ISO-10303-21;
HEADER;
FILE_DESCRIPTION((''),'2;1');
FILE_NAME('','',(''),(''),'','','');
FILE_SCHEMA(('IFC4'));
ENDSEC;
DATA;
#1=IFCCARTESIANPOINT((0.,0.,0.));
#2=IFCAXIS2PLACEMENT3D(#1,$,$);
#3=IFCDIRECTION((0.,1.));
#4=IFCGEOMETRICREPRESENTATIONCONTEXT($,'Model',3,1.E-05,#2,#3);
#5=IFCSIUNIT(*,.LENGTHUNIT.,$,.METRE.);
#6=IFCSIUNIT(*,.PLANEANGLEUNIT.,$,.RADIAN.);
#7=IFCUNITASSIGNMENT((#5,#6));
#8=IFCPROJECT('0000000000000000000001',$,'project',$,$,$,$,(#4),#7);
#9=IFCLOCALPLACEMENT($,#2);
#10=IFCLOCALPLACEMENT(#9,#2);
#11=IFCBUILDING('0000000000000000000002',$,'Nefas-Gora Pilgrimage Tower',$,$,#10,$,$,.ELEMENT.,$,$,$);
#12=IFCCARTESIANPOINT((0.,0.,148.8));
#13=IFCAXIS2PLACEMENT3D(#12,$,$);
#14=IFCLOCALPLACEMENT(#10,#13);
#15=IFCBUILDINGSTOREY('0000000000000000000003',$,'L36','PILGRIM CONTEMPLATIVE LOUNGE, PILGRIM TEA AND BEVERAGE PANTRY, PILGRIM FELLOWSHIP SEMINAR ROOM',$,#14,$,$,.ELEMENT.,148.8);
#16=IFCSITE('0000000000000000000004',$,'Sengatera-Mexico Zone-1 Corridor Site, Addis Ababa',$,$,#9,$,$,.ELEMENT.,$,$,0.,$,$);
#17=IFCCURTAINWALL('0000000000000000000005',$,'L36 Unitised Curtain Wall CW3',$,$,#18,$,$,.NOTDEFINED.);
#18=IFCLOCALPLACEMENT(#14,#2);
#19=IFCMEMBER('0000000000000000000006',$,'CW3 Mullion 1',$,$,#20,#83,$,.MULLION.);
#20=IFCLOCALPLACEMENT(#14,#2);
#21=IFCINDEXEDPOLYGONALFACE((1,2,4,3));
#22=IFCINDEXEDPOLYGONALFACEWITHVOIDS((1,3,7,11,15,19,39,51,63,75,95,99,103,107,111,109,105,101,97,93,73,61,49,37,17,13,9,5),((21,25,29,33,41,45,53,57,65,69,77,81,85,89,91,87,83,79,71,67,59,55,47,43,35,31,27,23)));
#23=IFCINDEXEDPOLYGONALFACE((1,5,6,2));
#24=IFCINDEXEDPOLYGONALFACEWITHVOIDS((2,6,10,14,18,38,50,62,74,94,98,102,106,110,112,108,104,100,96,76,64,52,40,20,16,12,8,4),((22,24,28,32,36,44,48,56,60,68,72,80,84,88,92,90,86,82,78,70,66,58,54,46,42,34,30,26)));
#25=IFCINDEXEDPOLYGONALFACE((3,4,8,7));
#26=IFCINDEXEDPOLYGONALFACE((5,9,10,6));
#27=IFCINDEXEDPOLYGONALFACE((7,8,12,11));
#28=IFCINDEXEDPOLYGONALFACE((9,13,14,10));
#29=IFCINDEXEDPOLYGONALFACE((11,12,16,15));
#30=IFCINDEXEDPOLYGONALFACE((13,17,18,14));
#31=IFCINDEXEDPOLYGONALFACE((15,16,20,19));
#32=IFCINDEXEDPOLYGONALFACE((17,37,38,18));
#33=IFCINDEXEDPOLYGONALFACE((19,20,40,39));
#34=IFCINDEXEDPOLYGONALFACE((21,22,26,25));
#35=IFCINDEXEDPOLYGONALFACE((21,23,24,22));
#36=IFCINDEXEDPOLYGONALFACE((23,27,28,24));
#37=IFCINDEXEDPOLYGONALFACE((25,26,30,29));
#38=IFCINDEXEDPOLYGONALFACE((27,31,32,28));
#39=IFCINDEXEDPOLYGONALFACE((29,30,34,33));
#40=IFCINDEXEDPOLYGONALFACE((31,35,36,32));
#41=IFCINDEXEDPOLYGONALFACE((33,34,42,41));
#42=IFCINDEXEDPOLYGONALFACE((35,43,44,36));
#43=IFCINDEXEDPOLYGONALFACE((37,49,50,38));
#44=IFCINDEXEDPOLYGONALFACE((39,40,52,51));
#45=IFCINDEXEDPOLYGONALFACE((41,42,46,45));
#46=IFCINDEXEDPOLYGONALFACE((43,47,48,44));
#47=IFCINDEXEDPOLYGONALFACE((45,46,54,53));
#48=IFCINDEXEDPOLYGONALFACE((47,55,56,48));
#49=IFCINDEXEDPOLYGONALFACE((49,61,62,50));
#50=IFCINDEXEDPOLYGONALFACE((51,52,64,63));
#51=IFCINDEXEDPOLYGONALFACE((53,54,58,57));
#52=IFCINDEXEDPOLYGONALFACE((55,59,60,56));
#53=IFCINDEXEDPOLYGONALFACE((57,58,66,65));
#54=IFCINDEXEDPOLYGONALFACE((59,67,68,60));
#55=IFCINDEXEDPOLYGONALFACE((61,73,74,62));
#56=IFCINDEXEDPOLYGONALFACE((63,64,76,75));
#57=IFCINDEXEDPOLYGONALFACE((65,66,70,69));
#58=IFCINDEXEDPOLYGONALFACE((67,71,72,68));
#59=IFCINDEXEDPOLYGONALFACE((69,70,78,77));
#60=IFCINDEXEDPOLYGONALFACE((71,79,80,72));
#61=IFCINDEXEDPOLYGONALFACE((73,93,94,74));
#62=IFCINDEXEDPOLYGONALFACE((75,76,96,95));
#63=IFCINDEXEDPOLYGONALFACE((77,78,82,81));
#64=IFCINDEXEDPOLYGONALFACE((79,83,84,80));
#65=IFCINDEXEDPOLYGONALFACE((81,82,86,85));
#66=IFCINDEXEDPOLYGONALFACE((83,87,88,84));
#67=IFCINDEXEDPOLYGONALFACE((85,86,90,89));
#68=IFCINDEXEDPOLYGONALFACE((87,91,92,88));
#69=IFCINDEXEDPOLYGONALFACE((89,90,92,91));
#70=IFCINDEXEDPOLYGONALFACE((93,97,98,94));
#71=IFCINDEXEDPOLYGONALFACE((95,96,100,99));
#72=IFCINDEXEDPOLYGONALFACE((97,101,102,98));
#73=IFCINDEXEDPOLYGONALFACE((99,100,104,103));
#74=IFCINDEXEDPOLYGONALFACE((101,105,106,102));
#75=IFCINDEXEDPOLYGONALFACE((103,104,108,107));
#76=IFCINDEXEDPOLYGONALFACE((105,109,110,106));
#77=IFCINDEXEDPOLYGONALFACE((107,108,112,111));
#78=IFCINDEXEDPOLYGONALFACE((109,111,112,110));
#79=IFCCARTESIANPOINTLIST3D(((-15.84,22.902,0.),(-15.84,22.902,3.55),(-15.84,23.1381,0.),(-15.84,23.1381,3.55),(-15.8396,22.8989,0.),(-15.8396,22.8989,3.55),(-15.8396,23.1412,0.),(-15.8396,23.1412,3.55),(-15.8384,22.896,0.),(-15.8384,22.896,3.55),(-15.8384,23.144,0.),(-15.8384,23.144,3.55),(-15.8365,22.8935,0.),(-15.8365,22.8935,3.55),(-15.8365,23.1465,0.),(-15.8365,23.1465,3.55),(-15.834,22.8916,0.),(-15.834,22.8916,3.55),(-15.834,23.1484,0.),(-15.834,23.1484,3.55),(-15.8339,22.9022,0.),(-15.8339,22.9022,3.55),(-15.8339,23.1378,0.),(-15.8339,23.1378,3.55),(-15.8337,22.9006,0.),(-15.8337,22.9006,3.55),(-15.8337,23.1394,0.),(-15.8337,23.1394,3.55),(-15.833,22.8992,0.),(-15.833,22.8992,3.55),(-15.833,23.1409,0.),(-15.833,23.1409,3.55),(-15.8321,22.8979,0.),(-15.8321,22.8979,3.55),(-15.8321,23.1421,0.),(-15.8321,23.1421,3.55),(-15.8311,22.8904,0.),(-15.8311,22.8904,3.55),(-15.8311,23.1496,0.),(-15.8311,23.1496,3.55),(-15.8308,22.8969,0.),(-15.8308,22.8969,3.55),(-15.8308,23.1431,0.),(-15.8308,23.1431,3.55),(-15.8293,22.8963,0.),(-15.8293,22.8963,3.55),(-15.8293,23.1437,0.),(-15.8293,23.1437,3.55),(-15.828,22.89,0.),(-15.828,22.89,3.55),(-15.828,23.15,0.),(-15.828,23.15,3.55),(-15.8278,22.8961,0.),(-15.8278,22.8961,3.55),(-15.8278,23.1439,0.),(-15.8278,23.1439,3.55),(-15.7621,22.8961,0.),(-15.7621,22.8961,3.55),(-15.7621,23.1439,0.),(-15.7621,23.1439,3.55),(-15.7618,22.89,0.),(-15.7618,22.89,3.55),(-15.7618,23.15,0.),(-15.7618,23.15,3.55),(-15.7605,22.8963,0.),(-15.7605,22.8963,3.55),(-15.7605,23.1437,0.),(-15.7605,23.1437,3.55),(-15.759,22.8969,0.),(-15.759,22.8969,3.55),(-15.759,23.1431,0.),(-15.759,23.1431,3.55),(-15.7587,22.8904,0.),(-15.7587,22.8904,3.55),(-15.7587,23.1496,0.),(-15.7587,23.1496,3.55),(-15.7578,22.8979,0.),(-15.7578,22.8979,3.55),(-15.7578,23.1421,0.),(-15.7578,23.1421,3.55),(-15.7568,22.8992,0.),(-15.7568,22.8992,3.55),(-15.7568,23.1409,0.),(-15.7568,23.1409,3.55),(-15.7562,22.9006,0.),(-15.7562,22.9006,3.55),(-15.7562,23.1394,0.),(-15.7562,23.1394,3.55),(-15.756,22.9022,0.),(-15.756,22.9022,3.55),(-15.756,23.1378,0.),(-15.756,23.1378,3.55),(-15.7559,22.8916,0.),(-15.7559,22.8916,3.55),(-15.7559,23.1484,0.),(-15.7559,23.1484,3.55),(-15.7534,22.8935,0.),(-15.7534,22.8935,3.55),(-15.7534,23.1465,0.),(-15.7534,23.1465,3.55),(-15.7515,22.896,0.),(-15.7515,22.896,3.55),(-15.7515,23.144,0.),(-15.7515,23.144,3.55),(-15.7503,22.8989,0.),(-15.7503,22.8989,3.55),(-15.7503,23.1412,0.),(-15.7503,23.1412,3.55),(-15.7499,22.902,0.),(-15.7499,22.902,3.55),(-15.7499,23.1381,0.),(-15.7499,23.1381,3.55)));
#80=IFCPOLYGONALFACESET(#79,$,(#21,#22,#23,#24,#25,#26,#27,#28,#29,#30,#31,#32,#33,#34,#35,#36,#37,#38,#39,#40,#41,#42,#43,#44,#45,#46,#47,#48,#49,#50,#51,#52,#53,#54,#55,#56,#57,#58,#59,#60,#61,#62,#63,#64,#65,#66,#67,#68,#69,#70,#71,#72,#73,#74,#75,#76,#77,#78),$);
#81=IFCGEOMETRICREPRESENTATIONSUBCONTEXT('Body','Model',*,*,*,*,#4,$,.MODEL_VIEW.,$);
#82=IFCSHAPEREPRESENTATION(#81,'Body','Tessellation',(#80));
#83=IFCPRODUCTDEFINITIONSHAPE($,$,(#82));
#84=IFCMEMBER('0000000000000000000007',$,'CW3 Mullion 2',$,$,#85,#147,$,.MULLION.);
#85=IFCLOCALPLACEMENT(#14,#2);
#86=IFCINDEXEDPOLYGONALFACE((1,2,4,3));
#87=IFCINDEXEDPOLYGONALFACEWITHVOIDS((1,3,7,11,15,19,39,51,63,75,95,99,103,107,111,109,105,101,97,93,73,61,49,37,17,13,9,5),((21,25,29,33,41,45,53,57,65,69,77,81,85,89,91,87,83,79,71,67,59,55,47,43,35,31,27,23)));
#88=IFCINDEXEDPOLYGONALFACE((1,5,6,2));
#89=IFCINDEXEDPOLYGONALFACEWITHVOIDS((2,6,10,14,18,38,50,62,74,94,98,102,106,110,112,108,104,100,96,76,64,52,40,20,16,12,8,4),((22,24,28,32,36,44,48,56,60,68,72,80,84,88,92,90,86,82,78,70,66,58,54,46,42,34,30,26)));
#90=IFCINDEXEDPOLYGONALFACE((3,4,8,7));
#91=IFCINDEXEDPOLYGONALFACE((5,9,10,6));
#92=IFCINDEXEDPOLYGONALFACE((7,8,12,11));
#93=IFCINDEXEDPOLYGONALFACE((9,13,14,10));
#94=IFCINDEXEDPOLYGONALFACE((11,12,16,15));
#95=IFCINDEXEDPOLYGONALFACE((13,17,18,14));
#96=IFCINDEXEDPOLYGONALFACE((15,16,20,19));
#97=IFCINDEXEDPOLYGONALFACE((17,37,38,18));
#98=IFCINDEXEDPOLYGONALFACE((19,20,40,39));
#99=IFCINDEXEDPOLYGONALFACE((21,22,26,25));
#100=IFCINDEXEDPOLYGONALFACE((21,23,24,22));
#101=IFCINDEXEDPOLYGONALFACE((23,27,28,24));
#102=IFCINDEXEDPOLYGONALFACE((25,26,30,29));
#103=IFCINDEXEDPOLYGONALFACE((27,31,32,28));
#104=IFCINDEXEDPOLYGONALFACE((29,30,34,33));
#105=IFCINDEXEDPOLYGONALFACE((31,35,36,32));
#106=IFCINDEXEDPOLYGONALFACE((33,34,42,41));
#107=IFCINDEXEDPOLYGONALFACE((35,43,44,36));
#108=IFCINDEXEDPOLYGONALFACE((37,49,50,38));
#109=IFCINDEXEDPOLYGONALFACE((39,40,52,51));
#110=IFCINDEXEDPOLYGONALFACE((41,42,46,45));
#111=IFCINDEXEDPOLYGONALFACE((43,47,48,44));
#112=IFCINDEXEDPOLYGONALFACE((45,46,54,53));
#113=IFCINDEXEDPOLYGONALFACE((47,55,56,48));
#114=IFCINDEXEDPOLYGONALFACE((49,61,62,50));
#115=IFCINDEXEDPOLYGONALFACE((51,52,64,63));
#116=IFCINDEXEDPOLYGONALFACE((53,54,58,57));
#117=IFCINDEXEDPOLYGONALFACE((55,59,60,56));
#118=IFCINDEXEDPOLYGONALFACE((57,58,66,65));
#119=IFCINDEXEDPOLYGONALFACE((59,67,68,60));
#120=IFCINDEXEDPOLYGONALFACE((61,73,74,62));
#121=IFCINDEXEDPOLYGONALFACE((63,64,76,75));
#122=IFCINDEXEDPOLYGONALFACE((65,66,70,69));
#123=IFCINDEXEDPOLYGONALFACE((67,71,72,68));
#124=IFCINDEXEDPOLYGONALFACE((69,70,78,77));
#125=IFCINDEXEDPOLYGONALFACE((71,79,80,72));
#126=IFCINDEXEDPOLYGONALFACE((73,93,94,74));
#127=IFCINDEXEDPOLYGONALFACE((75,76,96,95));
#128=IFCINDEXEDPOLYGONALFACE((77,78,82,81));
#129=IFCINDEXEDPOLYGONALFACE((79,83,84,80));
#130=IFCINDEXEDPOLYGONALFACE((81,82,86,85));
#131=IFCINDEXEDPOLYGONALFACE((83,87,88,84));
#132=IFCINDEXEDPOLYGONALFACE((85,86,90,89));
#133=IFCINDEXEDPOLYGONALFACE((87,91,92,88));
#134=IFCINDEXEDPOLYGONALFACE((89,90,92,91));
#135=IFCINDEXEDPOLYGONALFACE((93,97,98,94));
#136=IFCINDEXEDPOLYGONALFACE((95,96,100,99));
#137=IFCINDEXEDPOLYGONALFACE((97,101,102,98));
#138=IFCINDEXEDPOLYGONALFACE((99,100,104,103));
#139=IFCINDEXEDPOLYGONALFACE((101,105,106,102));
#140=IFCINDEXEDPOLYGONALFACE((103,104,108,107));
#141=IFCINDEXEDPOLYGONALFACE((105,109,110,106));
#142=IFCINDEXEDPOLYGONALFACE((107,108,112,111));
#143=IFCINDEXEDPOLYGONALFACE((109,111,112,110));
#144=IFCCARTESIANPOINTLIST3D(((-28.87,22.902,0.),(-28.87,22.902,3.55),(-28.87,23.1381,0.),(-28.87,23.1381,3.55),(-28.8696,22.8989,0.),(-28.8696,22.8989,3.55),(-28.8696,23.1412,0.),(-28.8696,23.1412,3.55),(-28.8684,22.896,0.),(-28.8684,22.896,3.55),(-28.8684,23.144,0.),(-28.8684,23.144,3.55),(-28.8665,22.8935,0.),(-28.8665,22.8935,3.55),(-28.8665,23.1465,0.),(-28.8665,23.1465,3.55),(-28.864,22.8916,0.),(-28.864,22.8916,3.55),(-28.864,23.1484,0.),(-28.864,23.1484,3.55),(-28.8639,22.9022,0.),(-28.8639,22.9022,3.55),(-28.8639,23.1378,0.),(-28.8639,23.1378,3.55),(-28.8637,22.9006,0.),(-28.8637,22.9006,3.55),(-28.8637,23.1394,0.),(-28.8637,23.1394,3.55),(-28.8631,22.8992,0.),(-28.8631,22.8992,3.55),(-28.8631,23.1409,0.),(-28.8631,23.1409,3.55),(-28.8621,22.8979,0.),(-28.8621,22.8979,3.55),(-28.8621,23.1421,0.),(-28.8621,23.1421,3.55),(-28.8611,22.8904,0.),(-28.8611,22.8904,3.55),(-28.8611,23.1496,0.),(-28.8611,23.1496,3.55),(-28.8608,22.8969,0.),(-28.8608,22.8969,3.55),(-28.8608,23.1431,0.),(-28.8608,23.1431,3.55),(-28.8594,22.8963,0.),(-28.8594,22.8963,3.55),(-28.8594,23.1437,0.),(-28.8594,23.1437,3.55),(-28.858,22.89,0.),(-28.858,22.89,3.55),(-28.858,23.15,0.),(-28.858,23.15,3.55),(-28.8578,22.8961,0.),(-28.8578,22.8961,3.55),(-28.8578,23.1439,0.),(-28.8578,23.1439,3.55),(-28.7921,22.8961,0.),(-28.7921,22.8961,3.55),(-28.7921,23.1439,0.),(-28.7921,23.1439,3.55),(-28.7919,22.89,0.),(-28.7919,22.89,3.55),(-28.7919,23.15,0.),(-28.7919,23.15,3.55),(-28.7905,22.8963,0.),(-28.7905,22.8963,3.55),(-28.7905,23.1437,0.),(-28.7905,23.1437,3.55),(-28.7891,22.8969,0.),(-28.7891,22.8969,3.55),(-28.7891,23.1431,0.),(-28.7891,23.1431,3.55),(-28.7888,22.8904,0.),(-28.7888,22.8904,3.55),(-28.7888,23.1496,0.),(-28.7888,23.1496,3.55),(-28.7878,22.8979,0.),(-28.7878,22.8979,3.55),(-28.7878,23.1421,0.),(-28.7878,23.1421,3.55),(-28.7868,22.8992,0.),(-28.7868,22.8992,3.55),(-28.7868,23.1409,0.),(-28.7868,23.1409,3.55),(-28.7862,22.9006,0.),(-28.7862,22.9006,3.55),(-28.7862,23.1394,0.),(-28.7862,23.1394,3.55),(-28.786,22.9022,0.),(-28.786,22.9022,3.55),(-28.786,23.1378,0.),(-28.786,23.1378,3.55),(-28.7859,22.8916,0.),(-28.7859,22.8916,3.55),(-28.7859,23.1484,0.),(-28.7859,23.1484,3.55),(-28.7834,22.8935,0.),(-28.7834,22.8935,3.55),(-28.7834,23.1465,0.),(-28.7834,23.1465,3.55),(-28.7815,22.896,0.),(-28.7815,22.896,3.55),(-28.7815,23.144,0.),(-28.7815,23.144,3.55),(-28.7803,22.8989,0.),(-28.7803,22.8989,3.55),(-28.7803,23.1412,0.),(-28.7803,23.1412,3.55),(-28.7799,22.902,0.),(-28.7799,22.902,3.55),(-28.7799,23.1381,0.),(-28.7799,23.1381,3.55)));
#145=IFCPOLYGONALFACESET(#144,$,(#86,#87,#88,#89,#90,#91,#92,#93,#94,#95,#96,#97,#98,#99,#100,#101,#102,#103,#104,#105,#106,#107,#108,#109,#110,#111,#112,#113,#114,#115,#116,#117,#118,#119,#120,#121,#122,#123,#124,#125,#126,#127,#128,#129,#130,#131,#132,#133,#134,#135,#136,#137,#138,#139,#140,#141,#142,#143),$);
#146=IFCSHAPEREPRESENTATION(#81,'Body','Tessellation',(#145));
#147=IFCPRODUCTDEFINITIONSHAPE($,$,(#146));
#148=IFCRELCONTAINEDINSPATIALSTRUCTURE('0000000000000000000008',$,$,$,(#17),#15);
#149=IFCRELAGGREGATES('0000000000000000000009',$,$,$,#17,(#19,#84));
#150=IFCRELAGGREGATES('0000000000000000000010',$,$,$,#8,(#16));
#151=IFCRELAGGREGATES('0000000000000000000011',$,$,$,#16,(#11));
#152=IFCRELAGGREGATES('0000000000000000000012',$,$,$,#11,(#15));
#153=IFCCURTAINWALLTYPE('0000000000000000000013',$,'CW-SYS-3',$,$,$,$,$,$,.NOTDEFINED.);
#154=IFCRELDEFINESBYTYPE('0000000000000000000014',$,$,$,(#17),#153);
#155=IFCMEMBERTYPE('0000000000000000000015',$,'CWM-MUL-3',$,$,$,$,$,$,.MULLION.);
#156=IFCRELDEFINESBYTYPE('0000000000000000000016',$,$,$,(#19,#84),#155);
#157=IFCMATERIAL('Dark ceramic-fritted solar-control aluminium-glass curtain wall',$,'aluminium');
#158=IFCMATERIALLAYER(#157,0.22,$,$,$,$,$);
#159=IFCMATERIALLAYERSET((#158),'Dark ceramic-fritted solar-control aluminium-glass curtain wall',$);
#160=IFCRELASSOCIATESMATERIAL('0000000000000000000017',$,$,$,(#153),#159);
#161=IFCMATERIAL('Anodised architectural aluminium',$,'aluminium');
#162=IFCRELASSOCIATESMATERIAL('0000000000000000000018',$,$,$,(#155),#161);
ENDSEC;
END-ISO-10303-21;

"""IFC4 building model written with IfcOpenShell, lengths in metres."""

from ifc_helpers import new_model, si_unit, direction, frame, origin, origin_2d, place, context, subcontext, project, spatial, hollow_rectangle, extrude, source, transform, mapped, material, layer, layer_set, material_profile, profile_set, type_object, element, aggregate, save


model = new_model("IFC4")

# Units and contexts
model_context = context("Model", 3, precision=1e-05, world=origin(), true_north=direction((0.0, 1.0)))
body_context = subcontext(model_context, "Body", "Model", "MODEL_VIEW")
ifc_project = project(units=[si_unit("LENGTHUNIT", "METRE"), si_unit("PLANEANGLEUNIT", "RADIAN")], contexts=[model_context])

# Site, building, storey
site_placement = place(None, origin())
site = spatial("IfcSite", under=ifc_project, at=site_placement, Name="Sengatera-Mexico Zone-1 Corridor Site, Addis Ababa", CompositionType="ELEMENT", RefElevation=0.0)
building_placement = place(site_placement, origin())
building = spatial("IfcBuilding", under=site, at=building_placement, Name="Nefas-Gora Pilgrimage Tower", CompositionType="ELEMENT")
storey_placement = place(building_placement, frame((0.0, 0.0, 148.8)))
storey = spatial("IfcBuildingStorey", under=building, at=storey_placement, Name="L36", Description="PILGRIM CONTEMPLATIVE LOUNGE, PILGRIM TEA AND BEVERAGE PANTRY, PILGRIM FELLOWSHIP SEMINAR ROOM", CompositionType="ELEMENT", Elevation=148.8)

# Shared definitions
ifc_material_1 = material(Name="Dark ceramic-fritted solar-control aluminium-glass curtain wall", Category="aluminium")
ifc_material_2 = material(Name="Anodised architectural aluminium", Category="aluminium")

# Curtain wall, members
ifc_layer_1 = layer(ifc_material_1, 0.22)
ifc_layer_set_1 = layer_set([ifc_layer_1], Name="Dark ceramic-fritted solar-control aluminium-glass curtain wall")
curtain_wall_type_1 = type_object("IfcCurtainWallType", Name="CW-SYS-3", PredefinedType="NOTDEFINED", material=ifc_layer_set_1)
curtain_wall_1_placement = place(storey_placement, origin())
curtain_wall_1 = element("IfcCurtainWall", 1, at=curtain_wall_1_placement, inside=storey, type_object=curtain_wall_type_1, Name="L36 Unitised Curtain Wall CW3", PredefinedType="NOTDEFINED")
ifc_material_profile_1 = material_profile(ifc_material_2, hollow_rectangle(XDim=0.0901, YDim=0.26, WallThickness=0.0061, InnerFilletRadius=0.0061, OuterFilletRadius=0.012, at=origin_2d()), Name="ALU MULLION 90x260")
ifc_profile_set_1 = profile_set([ifc_material_profile_1], Name="Anodised architectural aluminium")
member_type_1 = type_object("IfcMemberType", Name="CWM-MUL-3", PredefinedType="MULLION", material=ifc_profile_set_1)
shared_shape_1 = source(origin(), body_context, "Body", "SweptSolid", [
    extrude(hollow_rectangle(XDim=0.0901, YDim=0.26, WallThickness=0.0061, InnerFilletRadius=0.0061, OuterFilletRadius=0.012, at=origin_2d()), origin(), (0.0, 0.0, 1.0), 3.55),
])
member_1_placement = place(storey_placement, frame((-15.7949, 23.02, 0.0), z_axis=(0.0, 0.0, 1.0), x_axis=(-1.0, 0.0, 0.0)))
member_1 = element("IfcMember", 2, at=member_1_placement, type_object=member_type_1, Name="CW3 Mullion 1", PredefinedType="MULLION", context=body_context, shape_type="MappedRepresentation", body=[
    mapped(shared_shape_1, transform((0.0, 0.0, 0.0), x_axis=(1.0, 0.0, 0.0), y_axis=(0.0, 1.0, 0.0), z_axis=(0.0, 0.0, 1.0), scale=1.0)),
])
member_2_placement = place(storey_placement, frame((-28.825, 23.02, 0.0), z_axis=(0.0, 0.0, 1.0), x_axis=(-1.0, 0.0, 0.0)))
member_2 = element("IfcMember", 3, at=member_2_placement, type_object=member_type_1, Name="CW3 Mullion 2", PredefinedType="MULLION", context=body_context, shape_type="MappedRepresentation", body=[
    mapped(shared_shape_1, transform((0.0, 0.0, 0.0), x_axis=(1.0, 0.0, 0.0), y_axis=(0.0, 1.0, 0.0), z_axis=(0.0, 0.0, 1.0), scale=1.0)),
])

aggregate(curtain_wall_1, [member_1, member_2])

save(model, "model.ifc")
